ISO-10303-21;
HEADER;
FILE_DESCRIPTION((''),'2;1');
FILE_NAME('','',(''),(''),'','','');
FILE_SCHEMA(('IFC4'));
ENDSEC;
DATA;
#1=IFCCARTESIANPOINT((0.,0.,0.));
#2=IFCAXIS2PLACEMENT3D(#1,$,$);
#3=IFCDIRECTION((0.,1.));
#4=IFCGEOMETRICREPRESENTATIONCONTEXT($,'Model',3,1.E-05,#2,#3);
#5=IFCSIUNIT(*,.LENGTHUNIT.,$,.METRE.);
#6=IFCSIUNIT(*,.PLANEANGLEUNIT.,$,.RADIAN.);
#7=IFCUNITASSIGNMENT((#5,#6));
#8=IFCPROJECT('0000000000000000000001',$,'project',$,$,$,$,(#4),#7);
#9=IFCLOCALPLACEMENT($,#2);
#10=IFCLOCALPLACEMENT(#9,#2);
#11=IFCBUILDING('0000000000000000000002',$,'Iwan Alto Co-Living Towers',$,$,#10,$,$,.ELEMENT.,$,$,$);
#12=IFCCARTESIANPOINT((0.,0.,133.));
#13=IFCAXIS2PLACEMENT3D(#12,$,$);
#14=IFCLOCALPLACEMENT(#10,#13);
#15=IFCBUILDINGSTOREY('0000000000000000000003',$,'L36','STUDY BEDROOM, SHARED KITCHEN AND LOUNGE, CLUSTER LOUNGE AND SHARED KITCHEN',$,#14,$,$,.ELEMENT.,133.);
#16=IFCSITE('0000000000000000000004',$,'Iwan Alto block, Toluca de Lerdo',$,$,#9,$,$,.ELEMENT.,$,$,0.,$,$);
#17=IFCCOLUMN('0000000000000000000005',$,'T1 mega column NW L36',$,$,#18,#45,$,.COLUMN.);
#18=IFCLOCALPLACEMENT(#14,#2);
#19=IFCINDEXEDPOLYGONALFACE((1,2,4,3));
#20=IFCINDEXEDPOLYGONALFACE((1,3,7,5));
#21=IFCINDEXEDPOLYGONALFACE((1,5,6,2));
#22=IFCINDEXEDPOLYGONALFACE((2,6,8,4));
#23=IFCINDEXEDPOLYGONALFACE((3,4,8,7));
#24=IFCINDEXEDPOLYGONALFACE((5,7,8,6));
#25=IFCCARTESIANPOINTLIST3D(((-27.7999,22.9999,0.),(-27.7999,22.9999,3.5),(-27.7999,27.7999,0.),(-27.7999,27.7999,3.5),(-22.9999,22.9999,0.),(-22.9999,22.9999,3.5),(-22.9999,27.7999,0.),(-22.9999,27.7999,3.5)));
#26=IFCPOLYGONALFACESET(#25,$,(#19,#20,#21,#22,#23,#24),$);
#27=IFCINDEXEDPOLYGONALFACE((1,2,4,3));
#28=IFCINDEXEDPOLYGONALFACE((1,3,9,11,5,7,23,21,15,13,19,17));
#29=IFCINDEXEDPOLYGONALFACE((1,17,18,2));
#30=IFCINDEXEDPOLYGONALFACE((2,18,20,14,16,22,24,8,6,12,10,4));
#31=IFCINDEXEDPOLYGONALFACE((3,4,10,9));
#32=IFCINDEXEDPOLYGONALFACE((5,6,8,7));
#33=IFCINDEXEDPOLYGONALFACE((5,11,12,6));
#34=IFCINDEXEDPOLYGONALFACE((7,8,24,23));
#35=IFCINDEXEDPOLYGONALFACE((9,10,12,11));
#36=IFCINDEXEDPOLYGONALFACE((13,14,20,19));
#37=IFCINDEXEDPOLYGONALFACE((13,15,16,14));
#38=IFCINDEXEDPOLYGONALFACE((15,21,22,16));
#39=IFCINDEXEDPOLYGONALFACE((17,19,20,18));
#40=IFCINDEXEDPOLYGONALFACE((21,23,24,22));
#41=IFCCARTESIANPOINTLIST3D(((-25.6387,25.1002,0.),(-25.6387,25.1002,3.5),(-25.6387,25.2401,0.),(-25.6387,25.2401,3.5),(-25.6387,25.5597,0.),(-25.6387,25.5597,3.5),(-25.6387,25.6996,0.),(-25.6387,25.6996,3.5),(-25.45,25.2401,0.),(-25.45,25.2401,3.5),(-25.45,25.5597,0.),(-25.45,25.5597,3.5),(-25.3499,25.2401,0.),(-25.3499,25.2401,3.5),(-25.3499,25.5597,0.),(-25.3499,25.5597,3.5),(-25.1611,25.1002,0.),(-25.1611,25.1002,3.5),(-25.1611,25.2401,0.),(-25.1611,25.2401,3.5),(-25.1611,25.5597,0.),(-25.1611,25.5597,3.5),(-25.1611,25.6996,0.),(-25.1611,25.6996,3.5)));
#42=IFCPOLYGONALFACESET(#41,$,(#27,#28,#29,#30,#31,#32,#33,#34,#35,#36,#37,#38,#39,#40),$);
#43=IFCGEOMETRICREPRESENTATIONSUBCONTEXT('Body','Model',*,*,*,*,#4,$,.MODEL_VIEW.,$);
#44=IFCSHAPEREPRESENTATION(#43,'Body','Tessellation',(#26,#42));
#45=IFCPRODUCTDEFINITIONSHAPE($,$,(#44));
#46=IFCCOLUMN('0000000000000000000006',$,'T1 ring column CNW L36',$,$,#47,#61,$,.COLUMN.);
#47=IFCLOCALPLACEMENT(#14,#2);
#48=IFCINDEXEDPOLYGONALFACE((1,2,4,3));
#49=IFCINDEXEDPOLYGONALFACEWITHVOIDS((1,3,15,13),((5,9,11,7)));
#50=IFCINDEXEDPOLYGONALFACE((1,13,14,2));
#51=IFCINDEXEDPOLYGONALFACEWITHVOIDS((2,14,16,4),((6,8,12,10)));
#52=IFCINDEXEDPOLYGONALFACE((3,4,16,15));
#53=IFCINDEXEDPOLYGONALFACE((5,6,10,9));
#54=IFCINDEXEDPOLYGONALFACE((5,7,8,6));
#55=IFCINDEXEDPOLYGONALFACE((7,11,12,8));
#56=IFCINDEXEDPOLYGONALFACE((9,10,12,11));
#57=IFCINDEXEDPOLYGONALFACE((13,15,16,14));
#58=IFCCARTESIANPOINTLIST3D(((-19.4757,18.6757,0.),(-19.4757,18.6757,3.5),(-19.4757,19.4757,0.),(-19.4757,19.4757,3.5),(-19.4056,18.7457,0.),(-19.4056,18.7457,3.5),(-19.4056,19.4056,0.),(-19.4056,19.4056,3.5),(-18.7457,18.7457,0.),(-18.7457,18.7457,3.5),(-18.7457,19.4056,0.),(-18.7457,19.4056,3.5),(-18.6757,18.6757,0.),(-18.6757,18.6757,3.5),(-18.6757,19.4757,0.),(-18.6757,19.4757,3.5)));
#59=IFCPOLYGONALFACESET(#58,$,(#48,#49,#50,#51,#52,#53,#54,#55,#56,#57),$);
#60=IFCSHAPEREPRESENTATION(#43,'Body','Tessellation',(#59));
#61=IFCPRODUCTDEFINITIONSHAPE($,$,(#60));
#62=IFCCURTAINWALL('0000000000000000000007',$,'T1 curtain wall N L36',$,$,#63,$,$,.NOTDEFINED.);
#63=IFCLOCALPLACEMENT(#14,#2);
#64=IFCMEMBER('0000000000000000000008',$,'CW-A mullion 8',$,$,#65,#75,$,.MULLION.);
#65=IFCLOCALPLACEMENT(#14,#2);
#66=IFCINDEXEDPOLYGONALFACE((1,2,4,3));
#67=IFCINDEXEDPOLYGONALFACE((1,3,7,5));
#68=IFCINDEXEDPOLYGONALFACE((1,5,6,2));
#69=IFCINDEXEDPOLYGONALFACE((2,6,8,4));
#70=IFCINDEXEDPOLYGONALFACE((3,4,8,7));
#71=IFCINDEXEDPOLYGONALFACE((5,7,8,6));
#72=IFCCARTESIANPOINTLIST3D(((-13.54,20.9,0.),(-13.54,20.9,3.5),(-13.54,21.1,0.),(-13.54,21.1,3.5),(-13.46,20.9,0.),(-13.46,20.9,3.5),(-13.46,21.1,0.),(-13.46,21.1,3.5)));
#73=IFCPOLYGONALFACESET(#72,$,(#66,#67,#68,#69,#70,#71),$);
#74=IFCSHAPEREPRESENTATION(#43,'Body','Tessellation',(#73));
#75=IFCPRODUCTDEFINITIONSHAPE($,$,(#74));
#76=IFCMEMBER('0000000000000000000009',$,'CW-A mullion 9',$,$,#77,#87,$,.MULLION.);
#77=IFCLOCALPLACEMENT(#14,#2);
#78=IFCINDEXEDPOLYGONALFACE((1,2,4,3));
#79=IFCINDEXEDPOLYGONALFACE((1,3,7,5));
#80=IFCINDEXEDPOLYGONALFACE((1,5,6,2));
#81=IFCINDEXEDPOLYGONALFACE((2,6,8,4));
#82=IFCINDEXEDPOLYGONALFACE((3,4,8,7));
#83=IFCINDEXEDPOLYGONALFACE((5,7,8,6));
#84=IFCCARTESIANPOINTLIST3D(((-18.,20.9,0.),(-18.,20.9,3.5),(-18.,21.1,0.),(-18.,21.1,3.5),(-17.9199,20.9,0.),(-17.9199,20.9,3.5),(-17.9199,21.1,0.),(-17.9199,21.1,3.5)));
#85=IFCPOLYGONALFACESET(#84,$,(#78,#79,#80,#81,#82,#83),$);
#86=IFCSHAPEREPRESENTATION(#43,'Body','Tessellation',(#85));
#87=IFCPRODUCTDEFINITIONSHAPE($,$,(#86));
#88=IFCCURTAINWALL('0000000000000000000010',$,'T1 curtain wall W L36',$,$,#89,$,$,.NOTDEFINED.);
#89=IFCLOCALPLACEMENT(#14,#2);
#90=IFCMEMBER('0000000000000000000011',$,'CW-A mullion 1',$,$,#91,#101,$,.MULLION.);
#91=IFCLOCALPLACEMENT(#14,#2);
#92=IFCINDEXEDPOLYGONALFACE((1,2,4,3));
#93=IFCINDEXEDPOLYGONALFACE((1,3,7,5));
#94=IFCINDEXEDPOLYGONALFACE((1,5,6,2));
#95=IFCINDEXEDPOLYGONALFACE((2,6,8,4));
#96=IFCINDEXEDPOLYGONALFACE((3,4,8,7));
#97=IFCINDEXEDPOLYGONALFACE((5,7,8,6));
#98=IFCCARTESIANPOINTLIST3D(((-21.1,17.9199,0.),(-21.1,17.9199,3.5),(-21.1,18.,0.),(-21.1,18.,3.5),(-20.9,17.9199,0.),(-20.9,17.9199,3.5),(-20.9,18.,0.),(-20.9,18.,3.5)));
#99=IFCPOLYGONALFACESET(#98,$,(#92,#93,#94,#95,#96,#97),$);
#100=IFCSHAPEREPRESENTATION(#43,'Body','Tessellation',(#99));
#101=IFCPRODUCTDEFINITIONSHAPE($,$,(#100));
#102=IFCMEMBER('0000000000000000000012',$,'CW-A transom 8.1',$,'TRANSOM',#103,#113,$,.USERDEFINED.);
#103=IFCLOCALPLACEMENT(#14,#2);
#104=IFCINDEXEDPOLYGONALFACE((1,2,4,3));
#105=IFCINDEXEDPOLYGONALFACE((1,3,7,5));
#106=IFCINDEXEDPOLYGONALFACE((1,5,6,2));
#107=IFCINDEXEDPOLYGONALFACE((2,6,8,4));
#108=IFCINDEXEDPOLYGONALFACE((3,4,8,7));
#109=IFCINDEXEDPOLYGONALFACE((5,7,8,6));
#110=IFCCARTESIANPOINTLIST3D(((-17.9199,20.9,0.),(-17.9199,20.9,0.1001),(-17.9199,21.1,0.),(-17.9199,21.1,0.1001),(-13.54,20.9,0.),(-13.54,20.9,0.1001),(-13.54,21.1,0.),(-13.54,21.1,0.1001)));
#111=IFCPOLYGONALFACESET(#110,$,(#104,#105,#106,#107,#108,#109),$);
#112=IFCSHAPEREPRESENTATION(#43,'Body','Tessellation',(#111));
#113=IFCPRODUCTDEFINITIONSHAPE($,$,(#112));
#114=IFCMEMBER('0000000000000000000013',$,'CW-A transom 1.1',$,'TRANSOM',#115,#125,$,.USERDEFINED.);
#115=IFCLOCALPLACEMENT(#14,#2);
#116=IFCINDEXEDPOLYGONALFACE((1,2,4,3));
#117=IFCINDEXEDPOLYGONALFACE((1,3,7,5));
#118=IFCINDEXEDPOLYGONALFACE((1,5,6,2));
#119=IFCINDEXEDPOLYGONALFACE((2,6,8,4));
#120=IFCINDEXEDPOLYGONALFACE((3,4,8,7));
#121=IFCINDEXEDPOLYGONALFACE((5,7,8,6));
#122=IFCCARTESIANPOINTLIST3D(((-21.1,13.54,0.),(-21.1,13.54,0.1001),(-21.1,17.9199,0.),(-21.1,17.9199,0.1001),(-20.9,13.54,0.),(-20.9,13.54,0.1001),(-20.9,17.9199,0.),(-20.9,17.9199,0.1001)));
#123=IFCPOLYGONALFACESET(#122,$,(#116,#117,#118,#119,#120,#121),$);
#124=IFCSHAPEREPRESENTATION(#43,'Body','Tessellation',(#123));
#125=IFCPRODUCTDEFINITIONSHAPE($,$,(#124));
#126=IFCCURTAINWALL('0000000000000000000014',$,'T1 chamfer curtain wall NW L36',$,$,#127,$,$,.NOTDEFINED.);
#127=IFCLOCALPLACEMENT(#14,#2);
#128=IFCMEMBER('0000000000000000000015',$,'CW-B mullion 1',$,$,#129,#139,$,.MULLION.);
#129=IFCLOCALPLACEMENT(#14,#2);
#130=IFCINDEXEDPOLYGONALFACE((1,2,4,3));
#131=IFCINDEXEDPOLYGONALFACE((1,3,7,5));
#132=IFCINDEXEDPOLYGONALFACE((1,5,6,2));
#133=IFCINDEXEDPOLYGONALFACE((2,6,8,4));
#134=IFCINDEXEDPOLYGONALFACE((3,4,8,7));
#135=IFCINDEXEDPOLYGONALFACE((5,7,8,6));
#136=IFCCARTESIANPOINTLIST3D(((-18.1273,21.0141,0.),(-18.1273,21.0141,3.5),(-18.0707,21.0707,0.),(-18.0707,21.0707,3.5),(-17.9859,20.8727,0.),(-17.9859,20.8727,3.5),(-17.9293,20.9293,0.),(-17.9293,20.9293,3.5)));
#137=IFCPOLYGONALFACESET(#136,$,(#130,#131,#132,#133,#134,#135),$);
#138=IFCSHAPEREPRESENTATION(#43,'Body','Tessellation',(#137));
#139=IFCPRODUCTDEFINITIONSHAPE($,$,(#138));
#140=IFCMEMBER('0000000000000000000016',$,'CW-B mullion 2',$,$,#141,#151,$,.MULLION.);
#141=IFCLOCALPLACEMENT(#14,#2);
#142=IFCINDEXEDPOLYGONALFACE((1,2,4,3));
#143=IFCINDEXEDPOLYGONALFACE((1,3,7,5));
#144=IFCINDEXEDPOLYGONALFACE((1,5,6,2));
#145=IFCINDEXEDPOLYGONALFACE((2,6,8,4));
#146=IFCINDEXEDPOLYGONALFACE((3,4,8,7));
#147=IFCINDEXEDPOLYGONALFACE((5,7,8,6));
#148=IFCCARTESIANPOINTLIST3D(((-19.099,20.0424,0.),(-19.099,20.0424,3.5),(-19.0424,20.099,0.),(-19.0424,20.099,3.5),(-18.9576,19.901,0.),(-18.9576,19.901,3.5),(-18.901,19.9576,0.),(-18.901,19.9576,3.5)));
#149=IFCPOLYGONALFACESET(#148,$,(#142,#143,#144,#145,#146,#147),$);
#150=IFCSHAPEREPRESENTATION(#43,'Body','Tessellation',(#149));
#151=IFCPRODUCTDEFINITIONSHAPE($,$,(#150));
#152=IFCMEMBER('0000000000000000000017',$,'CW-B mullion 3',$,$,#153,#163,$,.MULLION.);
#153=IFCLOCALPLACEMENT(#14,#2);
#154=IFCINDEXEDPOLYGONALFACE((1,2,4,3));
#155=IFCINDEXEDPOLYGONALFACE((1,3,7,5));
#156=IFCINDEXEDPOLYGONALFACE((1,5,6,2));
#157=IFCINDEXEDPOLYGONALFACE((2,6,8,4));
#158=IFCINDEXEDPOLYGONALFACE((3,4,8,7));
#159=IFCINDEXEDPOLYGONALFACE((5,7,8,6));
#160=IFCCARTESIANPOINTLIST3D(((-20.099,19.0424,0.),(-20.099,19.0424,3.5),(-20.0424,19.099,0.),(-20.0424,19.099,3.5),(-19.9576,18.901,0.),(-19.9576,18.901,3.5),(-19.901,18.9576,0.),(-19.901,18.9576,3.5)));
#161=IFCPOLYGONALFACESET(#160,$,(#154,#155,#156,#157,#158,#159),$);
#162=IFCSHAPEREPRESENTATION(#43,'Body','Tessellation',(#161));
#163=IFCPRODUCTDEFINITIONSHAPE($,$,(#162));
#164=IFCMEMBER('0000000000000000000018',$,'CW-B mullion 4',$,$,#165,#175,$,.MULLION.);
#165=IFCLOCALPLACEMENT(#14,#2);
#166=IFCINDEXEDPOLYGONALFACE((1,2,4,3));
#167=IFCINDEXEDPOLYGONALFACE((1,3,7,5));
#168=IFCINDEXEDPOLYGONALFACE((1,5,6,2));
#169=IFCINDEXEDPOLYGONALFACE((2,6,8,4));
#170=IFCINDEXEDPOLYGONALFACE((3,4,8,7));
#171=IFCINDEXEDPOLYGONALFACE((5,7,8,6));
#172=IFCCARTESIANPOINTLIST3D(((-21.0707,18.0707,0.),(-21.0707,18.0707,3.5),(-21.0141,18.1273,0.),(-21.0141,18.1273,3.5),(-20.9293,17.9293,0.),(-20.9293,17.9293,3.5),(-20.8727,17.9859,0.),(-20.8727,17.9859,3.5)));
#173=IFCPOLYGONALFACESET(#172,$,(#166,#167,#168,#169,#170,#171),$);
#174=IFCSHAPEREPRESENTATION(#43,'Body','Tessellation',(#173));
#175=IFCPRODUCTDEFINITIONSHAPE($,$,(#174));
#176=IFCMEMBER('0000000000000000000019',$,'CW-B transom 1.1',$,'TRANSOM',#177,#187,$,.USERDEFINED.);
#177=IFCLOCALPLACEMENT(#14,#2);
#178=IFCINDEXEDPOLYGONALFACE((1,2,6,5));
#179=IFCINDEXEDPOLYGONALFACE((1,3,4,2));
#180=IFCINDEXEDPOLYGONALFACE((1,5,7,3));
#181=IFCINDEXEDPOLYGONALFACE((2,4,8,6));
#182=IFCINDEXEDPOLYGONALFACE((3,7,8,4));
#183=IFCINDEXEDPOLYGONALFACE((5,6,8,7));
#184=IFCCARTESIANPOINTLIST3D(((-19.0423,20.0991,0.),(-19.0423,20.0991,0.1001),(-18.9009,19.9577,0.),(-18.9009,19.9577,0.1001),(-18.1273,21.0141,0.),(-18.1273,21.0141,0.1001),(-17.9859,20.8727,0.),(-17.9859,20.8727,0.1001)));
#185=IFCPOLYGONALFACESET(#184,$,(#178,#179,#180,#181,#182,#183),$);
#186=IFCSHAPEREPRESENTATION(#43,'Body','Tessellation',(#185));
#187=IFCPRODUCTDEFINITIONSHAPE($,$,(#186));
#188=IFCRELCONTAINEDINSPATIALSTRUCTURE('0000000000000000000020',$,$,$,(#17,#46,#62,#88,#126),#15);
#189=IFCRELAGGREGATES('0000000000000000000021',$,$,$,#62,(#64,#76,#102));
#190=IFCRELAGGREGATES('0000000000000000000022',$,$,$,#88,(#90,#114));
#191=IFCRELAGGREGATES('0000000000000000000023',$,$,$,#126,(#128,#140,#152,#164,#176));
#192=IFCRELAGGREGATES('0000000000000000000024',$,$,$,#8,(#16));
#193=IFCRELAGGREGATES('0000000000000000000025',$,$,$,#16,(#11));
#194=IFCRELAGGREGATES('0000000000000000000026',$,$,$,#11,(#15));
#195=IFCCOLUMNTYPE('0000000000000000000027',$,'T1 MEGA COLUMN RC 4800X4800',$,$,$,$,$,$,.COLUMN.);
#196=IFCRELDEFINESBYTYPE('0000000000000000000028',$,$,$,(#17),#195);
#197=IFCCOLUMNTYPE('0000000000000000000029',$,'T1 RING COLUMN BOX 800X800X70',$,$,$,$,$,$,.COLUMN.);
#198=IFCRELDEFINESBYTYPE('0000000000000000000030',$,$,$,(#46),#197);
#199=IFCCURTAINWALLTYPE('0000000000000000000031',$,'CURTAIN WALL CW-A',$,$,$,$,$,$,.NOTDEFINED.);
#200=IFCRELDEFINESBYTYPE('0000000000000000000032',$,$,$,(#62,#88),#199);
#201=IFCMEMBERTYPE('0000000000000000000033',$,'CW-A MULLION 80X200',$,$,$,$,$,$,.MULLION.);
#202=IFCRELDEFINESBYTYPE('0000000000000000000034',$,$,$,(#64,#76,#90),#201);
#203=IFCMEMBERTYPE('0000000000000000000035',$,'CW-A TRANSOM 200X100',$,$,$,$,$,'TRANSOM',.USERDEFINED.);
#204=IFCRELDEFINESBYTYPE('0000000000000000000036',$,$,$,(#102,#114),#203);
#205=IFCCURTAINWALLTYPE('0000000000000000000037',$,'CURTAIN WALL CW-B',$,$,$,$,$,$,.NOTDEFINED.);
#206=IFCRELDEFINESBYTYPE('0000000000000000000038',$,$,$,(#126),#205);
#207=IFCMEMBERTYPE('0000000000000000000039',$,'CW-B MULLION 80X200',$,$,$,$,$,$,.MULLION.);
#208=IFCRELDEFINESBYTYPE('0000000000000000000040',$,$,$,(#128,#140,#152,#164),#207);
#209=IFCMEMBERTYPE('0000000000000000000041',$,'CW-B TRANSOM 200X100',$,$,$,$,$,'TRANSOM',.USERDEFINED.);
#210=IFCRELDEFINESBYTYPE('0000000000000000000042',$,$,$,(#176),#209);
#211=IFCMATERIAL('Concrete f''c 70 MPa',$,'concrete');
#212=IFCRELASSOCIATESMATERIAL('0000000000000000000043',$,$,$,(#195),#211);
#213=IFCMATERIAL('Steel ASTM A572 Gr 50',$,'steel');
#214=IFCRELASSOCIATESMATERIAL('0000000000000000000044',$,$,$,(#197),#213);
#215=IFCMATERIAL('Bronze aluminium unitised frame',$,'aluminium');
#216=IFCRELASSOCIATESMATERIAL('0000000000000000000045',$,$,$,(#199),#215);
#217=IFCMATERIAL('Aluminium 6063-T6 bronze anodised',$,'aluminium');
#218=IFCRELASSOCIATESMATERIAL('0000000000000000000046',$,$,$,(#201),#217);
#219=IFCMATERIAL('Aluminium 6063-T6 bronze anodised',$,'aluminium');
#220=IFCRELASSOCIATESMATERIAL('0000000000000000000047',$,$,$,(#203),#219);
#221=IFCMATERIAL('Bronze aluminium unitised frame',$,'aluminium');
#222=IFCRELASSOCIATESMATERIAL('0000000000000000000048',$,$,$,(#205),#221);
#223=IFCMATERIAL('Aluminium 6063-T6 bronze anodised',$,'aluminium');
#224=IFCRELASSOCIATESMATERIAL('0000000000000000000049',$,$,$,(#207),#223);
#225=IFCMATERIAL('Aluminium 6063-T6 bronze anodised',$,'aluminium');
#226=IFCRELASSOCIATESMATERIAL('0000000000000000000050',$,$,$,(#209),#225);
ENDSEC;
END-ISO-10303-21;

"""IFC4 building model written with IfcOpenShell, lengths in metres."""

from ifc_helpers import new_model, si_unit, direction, frame, origin, origin_2d, place, context, subcontext, project, spatial, rectangle, hollow_rectangle, i_section, extrude, material, material_profile, profile_set, type_object, element, aggregate, save


model = new_model("IFC4")

# Units and contexts
model_context = context("Model", 3, precision=1e-05, world=origin(), true_north=direction((0.0, 1.0)))
body_context = subcontext(model_context, "Body", "Model", "MODEL_VIEW")
ifc_project = project(units=[si_unit("LENGTHUNIT", "METRE"), si_unit("PLANEANGLEUNIT", "RADIAN")], contexts=[model_context])

# Site, building, storey
site_placement = place(None, origin())
site = spatial("IfcSite", under=ifc_project, at=site_placement, Name="Iwan Alto block, Toluca de Lerdo", CompositionType="ELEMENT", RefElevation=0.0)
building_placement = place(site_placement, origin())
building = spatial("IfcBuilding", under=site, at=building_placement, Name="Iwan Alto Co-Living Towers", CompositionType="ELEMENT")
storey_placement = place(building_placement, frame((0.0, 0.0, 133.0)))
storey = spatial("IfcBuildingStorey", under=building, at=storey_placement, Name="L36", Description="STUDY BEDROOM, SHARED KITCHEN AND LOUNGE, CLUSTER LOUNGE AND SHARED KITCHEN", CompositionType="ELEMENT", Elevation=133.0)

# Columns
ifc_material_1 = material(Name="Concrete f'c 70 MPa", Category="concrete")
ifc_material_profile_1 = material_profile(ifc_material_1, rectangle(XDim=4.8, YDim=4.8, at=origin_2d()), Name="RC 4800X4800")
ifc_profile_set_1 = profile_set([ifc_material_profile_1], Name="Concrete f'c 70 MPa")
column_type_1 = type_object("IfcColumnType", Name="T1 MEGA COLUMN RC 4800X4800", PredefinedType="COLUMN", material=ifc_profile_set_1)
column_1_placement = place(storey_placement, frame((-25.3999, 25.3999, 0.0), z_axis=(0.0, 0.0, 1.0), x_axis=(1.0, 0.0, 0.0)))
element("IfcColumn", 1, at=column_1_placement, inside=storey, type_object=column_type_1, Name="T1 mega column NW L36", PredefinedType="COLUMN", context=body_context, shape_type="SweptSolid", body=[
    extrude(rectangle(XDim=4.8, YDim=4.8, at=origin_2d()), origin(), (0.0, 0.0, 1.0), 3.5),
    extrude(i_section(OverallWidth=0.4775, OverallDepth=0.5994, WebThickness=0.1001, FlangeThickness=0.1399, at=origin_2d()), origin(), (0.0, 0.0, 1.0), 3.5),
])
ifc_material_2 = material(Name="Steel ASTM A572 Gr 50", Category="steel")
ifc_material_profile_2 = material_profile(ifc_material_2, hollow_rectangle(XDim=0.8, YDim=0.8, WallThickness=0.0701, at=origin_2d()), Name="BOX 800X800X70")
ifc_profile_set_2 = profile_set([ifc_material_profile_2], Name="Steel ASTM A572 Gr 50")
column_type_2 = type_object("IfcColumnType", Name="T1 RING COLUMN BOX 800X800X70", PredefinedType="COLUMN", material=ifc_profile_set_2)
column_2_placement = place(storey_placement, frame((-19.0757, 19.0757, 0.0), z_axis=(0.0, 0.0, 1.0), x_axis=(1.0, 0.0, 0.0)))
element("IfcColumn", 2, at=column_2_placement, inside=storey, type_object=column_type_2, Name="T1 ring column CNW L36", PredefinedType="COLUMN", context=body_context, shape_type="SweptSolid", body=[
    extrude(hollow_rectangle(XDim=0.8, YDim=0.8, WallThickness=0.0701, at=origin_2d()), origin(), (0.0, 0.0, 1.0), 3.5),
])

# Curtain wall, members
ifc_material_3 = material(Name="Bronze aluminium unitised frame", Category="aluminium")
curtain_wall_type_1 = type_object("IfcCurtainWallType", Name="CURTAIN WALL CW-A", PredefinedType="NOTDEFINED", material=ifc_material_3)
curtain_wall_1_placement = place(storey_placement, origin())
curtain_wall_1 = element("IfcCurtainWall", 3, at=curtain_wall_1_placement, inside=storey, type_object=curtain_wall_type_1, Name="T1 curtain wall N L36", PredefinedType="NOTDEFINED")
ifc_material_4 = material(Name="Aluminium 6063-T6 bronze anodised", Category="aluminium")
ifc_material_profile_3 = material_profile(ifc_material_4, rectangle(XDim=0.2, YDim=0.0801, at=origin_2d()), Name="AL 80X200")
ifc_profile_set_3 = profile_set([ifc_material_profile_3], Name="Aluminium 6063-T6 bronze anodised")
member_type_1 = type_object("IfcMemberType", Name="CW-A MULLION 80X200", PredefinedType="MULLION", material=ifc_profile_set_3)
member_1_placement = place(storey_placement, frame((-13.5, 21.0, 0.0), z_axis=(0.0, 0.0, 1.0), x_axis=(0.0, -1.0, 0.0)))
member_1 = element("IfcMember", 4, at=member_1_placement, type_object=member_type_1, Name="CW-A mullion 8", PredefinedType="MULLION", context=body_context, shape_type="SweptSolid", body=[
    extrude(rectangle(XDim=0.2, YDim=0.0801, at=origin_2d()), origin(), (0.0, 0.0, 1.0), 3.5),
])
member_2_placement = place(storey_placement, frame((-17.96, 21.0, 0.0), z_axis=(0.0, 0.0, 1.0), x_axis=(0.0, -1.0, 0.0)))
member_2 = element("IfcMember", 5, at=member_2_placement, type_object=member_type_1, Name="CW-A mullion 9", PredefinedType="MULLION", context=body_context, shape_type="SweptSolid", body=[
    extrude(rectangle(XDim=0.2, YDim=0.0801, at=origin_2d()), origin(), (0.0, 0.0, 1.0), 3.5),
])

# Curtain wall, member
curtain_wall_2_placement = place(storey_placement, origin())
curtain_wall_2 = element("IfcCurtainWall", 6, at=curtain_wall_2_placement, inside=storey, type_object=curtain_wall_type_1, Name="T1 curtain wall W L36", PredefinedType="NOTDEFINED")
member_3_placement = place(storey_placement, frame((-21.0, 17.96, 0.0), z_axis=(0.0, 0.0, 1.0), x_axis=(1.0, 0.0, 0.0)))
member_3 = element("IfcMember", 7, at=member_3_placement, type_object=member_type_1, Name="CW-A mullion 1", PredefinedType="MULLION", context=body_context, shape_type="SweptSolid", body=[
    extrude(rectangle(XDim=0.2, YDim=0.0801, at=origin_2d()), origin(), (0.0, 0.0, 1.0), 3.5),
])

# Members
ifc_material_5 = material(Name="Aluminium 6063-T6 bronze anodised", Category="aluminium")
ifc_material_profile_4 = material_profile(ifc_material_5, rectangle(XDim=0.2, YDim=0.1001, at=origin_2d()), Name="AL 200X100")
ifc_profile_set_4 = profile_set([ifc_material_profile_4], Name="Aluminium 6063-T6 bronze anodised")
member_type_2 = type_object("IfcMemberType", Name="CW-A TRANSOM 200X100", ElementType="TRANSOM", PredefinedType="USERDEFINED", material=ifc_profile_set_4)
member_4_placement = place(storey_placement, frame((-13.54, 21.0, 0.05), z_axis=(-1.0, 0.0, 0.0), x_axis=(0.0, -1.0, 0.0)))
member_4 = element("IfcMember", 8, at=member_4_placement, type_object=member_type_2, Name="CW-A transom 8.1", ObjectType="TRANSOM", PredefinedType="USERDEFINED", context=body_context, shape_type="SweptSolid", body=[
    extrude(rectangle(XDim=0.2, YDim=0.1001, at=origin_2d()), origin(), (0.0, 0.0, 1.0), 4.3799),
])
member_5_placement = place(storey_placement, frame((-21.0, 17.9199, 0.05), z_axis=(0.0, -1.0, 0.0), x_axis=(1.0, 0.0, 0.0)))
member_5 = element("IfcMember", 9, at=member_5_placement, type_object=member_type_2, Name="CW-A transom 1.1", ObjectType="TRANSOM", PredefinedType="USERDEFINED", context=body_context, shape_type="SweptSolid", body=[
    extrude(rectangle(XDim=0.2, YDim=0.1001, at=origin_2d()), origin(), (0.0, 0.0, 1.0), 4.3799),
])

# Curtain wall, members
ifc_material_6 = material(Name="Bronze aluminium unitised frame", Category="aluminium")
curtain_wall_type_2 = type_object("IfcCurtainWallType", Name="CURTAIN WALL CW-B", PredefinedType="NOTDEFINED", material=ifc_material_6)
curtain_wall_3_placement = place(storey_placement, origin())
curtain_wall_3 = element("IfcCurtainWall", 10, at=curtain_wall_3_placement, inside=storey, type_object=curtain_wall_type_2, Name="T1 chamfer curtain wall NW L36", PredefinedType="NOTDEFINED")
ifc_material_7 = material(Name="Aluminium 6063-T6 bronze anodised", Category="aluminium")
ifc_material_profile_5 = material_profile(ifc_material_7, rectangle(XDim=0.2, YDim=0.0801, at=origin_2d()), Name="AL 80X200")
ifc_profile_set_5 = profile_set([ifc_material_profile_5], Name="Aluminium 6063-T6 bronze anodised")
member_type_3 = type_object("IfcMemberType", Name="CW-B MULLION 80X200", PredefinedType="MULLION", material=ifc_profile_set_5)
member_6_placement = place(storey_placement, frame((-18.0283, 20.9717, 0.0), z_axis=(0.0, 0.0, 1.0), x_axis=(0.707107, -0.707107, 0.0)))
member_6 = element("IfcMember", 11, at=member_6_placement, type_object=member_type_3, Name="CW-B mullion 1", PredefinedType="MULLION", context=body_context, shape_type="SweptSolid", body=[
    extrude(rectangle(XDim=0.2, YDim=0.0801, at=origin_2d()), origin(), (0.0, 0.0, 1.0), 3.5),
])
member_7_placement = place(storey_placement, frame((-19.0, 20.0, 0.0), z_axis=(0.0, 0.0, 1.0), x_axis=(0.707107, -0.707107, 0.0)))
member_7 = element("IfcMember", 12, at=member_7_placement, type_object=member_type_3, Name="CW-B mullion 2", PredefinedType="MULLION", context=body_context, shape_type="SweptSolid", body=[
    extrude(rectangle(XDim=0.2, YDim=0.0801, at=origin_2d()), origin(), (0.0, 0.0, 1.0), 3.5),
])
member_8_placement = place(storey_placement, frame((-20.0, 19.0, 0.0), z_axis=(0.0, 0.0, 1.0), x_axis=(0.707107, -0.707107, 0.0)))
member_8 = element("IfcMember", 13, at=member_8_placement, type_object=member_type_3, Name="CW-B mullion 3", PredefinedType="MULLION", context=body_context, shape_type="SweptSolid", body=[
    extrude(rectangle(XDim=0.2, YDim=0.0801, at=origin_2d()), origin(), (0.0, 0.0, 1.0), 3.5),
])
member_9_placement = place(storey_placement, frame((-20.9717, 18.0283, 0.0), z_axis=(0.0, 0.0, 1.0), x_axis=(0.707107, -0.707107, 0.0)))
member_9 = element("IfcMember", 14, at=member_9_placement, type_object=member_type_3, Name="CW-B mullion 4", PredefinedType="MULLION", context=body_context, shape_type="SweptSolid", body=[
    extrude(rectangle(XDim=0.2, YDim=0.0801, at=origin_2d()), origin(), (0.0, 0.0, 1.0), 3.5),
])
ifc_material_8 = material(Name="Aluminium 6063-T6 bronze anodised", Category="aluminium")
ifc_material_profile_6 = material_profile(ifc_material_8, rectangle(XDim=0.2, YDim=0.1001, at=origin_2d()), Name="AL 200X100")
ifc_profile_set_6 = profile_set([ifc_material_profile_6], Name="Aluminium 6063-T6 bronze anodised")
member_type_4 = type_object("IfcMemberType", Name="CW-B TRANSOM 200X100", ElementType="TRANSOM", PredefinedType="USERDEFINED", material=ifc_profile_set_6)
member_10_placement = place(storey_placement, frame((-18.0566, 20.9434, 0.05), z_axis=(-0.707107, -0.707107, 0.0), x_axis=(0.707107, -0.707107, 0.0)))
member_10 = element("IfcMember", 15, at=member_10_placement, type_object=member_type_4, Name="CW-B transom 1.1", ObjectType="TRANSOM", PredefinedType="USERDEFINED", context=body_context, shape_type="SweptSolid", body=[
    extrude(rectangle(XDim=0.2, YDim=0.1001, at=origin_2d()), origin(), (0.0, 0.0, 1.0), 1.2939),
])

aggregate(curtain_wall_1, [member_1, member_2, member_4])
aggregate(curtain_wall_2, [member_3, member_5])
aggregate(curtain_wall_3, [member_6, member_7, member_8, member_9, member_10])

save(model, "model.ifc")
